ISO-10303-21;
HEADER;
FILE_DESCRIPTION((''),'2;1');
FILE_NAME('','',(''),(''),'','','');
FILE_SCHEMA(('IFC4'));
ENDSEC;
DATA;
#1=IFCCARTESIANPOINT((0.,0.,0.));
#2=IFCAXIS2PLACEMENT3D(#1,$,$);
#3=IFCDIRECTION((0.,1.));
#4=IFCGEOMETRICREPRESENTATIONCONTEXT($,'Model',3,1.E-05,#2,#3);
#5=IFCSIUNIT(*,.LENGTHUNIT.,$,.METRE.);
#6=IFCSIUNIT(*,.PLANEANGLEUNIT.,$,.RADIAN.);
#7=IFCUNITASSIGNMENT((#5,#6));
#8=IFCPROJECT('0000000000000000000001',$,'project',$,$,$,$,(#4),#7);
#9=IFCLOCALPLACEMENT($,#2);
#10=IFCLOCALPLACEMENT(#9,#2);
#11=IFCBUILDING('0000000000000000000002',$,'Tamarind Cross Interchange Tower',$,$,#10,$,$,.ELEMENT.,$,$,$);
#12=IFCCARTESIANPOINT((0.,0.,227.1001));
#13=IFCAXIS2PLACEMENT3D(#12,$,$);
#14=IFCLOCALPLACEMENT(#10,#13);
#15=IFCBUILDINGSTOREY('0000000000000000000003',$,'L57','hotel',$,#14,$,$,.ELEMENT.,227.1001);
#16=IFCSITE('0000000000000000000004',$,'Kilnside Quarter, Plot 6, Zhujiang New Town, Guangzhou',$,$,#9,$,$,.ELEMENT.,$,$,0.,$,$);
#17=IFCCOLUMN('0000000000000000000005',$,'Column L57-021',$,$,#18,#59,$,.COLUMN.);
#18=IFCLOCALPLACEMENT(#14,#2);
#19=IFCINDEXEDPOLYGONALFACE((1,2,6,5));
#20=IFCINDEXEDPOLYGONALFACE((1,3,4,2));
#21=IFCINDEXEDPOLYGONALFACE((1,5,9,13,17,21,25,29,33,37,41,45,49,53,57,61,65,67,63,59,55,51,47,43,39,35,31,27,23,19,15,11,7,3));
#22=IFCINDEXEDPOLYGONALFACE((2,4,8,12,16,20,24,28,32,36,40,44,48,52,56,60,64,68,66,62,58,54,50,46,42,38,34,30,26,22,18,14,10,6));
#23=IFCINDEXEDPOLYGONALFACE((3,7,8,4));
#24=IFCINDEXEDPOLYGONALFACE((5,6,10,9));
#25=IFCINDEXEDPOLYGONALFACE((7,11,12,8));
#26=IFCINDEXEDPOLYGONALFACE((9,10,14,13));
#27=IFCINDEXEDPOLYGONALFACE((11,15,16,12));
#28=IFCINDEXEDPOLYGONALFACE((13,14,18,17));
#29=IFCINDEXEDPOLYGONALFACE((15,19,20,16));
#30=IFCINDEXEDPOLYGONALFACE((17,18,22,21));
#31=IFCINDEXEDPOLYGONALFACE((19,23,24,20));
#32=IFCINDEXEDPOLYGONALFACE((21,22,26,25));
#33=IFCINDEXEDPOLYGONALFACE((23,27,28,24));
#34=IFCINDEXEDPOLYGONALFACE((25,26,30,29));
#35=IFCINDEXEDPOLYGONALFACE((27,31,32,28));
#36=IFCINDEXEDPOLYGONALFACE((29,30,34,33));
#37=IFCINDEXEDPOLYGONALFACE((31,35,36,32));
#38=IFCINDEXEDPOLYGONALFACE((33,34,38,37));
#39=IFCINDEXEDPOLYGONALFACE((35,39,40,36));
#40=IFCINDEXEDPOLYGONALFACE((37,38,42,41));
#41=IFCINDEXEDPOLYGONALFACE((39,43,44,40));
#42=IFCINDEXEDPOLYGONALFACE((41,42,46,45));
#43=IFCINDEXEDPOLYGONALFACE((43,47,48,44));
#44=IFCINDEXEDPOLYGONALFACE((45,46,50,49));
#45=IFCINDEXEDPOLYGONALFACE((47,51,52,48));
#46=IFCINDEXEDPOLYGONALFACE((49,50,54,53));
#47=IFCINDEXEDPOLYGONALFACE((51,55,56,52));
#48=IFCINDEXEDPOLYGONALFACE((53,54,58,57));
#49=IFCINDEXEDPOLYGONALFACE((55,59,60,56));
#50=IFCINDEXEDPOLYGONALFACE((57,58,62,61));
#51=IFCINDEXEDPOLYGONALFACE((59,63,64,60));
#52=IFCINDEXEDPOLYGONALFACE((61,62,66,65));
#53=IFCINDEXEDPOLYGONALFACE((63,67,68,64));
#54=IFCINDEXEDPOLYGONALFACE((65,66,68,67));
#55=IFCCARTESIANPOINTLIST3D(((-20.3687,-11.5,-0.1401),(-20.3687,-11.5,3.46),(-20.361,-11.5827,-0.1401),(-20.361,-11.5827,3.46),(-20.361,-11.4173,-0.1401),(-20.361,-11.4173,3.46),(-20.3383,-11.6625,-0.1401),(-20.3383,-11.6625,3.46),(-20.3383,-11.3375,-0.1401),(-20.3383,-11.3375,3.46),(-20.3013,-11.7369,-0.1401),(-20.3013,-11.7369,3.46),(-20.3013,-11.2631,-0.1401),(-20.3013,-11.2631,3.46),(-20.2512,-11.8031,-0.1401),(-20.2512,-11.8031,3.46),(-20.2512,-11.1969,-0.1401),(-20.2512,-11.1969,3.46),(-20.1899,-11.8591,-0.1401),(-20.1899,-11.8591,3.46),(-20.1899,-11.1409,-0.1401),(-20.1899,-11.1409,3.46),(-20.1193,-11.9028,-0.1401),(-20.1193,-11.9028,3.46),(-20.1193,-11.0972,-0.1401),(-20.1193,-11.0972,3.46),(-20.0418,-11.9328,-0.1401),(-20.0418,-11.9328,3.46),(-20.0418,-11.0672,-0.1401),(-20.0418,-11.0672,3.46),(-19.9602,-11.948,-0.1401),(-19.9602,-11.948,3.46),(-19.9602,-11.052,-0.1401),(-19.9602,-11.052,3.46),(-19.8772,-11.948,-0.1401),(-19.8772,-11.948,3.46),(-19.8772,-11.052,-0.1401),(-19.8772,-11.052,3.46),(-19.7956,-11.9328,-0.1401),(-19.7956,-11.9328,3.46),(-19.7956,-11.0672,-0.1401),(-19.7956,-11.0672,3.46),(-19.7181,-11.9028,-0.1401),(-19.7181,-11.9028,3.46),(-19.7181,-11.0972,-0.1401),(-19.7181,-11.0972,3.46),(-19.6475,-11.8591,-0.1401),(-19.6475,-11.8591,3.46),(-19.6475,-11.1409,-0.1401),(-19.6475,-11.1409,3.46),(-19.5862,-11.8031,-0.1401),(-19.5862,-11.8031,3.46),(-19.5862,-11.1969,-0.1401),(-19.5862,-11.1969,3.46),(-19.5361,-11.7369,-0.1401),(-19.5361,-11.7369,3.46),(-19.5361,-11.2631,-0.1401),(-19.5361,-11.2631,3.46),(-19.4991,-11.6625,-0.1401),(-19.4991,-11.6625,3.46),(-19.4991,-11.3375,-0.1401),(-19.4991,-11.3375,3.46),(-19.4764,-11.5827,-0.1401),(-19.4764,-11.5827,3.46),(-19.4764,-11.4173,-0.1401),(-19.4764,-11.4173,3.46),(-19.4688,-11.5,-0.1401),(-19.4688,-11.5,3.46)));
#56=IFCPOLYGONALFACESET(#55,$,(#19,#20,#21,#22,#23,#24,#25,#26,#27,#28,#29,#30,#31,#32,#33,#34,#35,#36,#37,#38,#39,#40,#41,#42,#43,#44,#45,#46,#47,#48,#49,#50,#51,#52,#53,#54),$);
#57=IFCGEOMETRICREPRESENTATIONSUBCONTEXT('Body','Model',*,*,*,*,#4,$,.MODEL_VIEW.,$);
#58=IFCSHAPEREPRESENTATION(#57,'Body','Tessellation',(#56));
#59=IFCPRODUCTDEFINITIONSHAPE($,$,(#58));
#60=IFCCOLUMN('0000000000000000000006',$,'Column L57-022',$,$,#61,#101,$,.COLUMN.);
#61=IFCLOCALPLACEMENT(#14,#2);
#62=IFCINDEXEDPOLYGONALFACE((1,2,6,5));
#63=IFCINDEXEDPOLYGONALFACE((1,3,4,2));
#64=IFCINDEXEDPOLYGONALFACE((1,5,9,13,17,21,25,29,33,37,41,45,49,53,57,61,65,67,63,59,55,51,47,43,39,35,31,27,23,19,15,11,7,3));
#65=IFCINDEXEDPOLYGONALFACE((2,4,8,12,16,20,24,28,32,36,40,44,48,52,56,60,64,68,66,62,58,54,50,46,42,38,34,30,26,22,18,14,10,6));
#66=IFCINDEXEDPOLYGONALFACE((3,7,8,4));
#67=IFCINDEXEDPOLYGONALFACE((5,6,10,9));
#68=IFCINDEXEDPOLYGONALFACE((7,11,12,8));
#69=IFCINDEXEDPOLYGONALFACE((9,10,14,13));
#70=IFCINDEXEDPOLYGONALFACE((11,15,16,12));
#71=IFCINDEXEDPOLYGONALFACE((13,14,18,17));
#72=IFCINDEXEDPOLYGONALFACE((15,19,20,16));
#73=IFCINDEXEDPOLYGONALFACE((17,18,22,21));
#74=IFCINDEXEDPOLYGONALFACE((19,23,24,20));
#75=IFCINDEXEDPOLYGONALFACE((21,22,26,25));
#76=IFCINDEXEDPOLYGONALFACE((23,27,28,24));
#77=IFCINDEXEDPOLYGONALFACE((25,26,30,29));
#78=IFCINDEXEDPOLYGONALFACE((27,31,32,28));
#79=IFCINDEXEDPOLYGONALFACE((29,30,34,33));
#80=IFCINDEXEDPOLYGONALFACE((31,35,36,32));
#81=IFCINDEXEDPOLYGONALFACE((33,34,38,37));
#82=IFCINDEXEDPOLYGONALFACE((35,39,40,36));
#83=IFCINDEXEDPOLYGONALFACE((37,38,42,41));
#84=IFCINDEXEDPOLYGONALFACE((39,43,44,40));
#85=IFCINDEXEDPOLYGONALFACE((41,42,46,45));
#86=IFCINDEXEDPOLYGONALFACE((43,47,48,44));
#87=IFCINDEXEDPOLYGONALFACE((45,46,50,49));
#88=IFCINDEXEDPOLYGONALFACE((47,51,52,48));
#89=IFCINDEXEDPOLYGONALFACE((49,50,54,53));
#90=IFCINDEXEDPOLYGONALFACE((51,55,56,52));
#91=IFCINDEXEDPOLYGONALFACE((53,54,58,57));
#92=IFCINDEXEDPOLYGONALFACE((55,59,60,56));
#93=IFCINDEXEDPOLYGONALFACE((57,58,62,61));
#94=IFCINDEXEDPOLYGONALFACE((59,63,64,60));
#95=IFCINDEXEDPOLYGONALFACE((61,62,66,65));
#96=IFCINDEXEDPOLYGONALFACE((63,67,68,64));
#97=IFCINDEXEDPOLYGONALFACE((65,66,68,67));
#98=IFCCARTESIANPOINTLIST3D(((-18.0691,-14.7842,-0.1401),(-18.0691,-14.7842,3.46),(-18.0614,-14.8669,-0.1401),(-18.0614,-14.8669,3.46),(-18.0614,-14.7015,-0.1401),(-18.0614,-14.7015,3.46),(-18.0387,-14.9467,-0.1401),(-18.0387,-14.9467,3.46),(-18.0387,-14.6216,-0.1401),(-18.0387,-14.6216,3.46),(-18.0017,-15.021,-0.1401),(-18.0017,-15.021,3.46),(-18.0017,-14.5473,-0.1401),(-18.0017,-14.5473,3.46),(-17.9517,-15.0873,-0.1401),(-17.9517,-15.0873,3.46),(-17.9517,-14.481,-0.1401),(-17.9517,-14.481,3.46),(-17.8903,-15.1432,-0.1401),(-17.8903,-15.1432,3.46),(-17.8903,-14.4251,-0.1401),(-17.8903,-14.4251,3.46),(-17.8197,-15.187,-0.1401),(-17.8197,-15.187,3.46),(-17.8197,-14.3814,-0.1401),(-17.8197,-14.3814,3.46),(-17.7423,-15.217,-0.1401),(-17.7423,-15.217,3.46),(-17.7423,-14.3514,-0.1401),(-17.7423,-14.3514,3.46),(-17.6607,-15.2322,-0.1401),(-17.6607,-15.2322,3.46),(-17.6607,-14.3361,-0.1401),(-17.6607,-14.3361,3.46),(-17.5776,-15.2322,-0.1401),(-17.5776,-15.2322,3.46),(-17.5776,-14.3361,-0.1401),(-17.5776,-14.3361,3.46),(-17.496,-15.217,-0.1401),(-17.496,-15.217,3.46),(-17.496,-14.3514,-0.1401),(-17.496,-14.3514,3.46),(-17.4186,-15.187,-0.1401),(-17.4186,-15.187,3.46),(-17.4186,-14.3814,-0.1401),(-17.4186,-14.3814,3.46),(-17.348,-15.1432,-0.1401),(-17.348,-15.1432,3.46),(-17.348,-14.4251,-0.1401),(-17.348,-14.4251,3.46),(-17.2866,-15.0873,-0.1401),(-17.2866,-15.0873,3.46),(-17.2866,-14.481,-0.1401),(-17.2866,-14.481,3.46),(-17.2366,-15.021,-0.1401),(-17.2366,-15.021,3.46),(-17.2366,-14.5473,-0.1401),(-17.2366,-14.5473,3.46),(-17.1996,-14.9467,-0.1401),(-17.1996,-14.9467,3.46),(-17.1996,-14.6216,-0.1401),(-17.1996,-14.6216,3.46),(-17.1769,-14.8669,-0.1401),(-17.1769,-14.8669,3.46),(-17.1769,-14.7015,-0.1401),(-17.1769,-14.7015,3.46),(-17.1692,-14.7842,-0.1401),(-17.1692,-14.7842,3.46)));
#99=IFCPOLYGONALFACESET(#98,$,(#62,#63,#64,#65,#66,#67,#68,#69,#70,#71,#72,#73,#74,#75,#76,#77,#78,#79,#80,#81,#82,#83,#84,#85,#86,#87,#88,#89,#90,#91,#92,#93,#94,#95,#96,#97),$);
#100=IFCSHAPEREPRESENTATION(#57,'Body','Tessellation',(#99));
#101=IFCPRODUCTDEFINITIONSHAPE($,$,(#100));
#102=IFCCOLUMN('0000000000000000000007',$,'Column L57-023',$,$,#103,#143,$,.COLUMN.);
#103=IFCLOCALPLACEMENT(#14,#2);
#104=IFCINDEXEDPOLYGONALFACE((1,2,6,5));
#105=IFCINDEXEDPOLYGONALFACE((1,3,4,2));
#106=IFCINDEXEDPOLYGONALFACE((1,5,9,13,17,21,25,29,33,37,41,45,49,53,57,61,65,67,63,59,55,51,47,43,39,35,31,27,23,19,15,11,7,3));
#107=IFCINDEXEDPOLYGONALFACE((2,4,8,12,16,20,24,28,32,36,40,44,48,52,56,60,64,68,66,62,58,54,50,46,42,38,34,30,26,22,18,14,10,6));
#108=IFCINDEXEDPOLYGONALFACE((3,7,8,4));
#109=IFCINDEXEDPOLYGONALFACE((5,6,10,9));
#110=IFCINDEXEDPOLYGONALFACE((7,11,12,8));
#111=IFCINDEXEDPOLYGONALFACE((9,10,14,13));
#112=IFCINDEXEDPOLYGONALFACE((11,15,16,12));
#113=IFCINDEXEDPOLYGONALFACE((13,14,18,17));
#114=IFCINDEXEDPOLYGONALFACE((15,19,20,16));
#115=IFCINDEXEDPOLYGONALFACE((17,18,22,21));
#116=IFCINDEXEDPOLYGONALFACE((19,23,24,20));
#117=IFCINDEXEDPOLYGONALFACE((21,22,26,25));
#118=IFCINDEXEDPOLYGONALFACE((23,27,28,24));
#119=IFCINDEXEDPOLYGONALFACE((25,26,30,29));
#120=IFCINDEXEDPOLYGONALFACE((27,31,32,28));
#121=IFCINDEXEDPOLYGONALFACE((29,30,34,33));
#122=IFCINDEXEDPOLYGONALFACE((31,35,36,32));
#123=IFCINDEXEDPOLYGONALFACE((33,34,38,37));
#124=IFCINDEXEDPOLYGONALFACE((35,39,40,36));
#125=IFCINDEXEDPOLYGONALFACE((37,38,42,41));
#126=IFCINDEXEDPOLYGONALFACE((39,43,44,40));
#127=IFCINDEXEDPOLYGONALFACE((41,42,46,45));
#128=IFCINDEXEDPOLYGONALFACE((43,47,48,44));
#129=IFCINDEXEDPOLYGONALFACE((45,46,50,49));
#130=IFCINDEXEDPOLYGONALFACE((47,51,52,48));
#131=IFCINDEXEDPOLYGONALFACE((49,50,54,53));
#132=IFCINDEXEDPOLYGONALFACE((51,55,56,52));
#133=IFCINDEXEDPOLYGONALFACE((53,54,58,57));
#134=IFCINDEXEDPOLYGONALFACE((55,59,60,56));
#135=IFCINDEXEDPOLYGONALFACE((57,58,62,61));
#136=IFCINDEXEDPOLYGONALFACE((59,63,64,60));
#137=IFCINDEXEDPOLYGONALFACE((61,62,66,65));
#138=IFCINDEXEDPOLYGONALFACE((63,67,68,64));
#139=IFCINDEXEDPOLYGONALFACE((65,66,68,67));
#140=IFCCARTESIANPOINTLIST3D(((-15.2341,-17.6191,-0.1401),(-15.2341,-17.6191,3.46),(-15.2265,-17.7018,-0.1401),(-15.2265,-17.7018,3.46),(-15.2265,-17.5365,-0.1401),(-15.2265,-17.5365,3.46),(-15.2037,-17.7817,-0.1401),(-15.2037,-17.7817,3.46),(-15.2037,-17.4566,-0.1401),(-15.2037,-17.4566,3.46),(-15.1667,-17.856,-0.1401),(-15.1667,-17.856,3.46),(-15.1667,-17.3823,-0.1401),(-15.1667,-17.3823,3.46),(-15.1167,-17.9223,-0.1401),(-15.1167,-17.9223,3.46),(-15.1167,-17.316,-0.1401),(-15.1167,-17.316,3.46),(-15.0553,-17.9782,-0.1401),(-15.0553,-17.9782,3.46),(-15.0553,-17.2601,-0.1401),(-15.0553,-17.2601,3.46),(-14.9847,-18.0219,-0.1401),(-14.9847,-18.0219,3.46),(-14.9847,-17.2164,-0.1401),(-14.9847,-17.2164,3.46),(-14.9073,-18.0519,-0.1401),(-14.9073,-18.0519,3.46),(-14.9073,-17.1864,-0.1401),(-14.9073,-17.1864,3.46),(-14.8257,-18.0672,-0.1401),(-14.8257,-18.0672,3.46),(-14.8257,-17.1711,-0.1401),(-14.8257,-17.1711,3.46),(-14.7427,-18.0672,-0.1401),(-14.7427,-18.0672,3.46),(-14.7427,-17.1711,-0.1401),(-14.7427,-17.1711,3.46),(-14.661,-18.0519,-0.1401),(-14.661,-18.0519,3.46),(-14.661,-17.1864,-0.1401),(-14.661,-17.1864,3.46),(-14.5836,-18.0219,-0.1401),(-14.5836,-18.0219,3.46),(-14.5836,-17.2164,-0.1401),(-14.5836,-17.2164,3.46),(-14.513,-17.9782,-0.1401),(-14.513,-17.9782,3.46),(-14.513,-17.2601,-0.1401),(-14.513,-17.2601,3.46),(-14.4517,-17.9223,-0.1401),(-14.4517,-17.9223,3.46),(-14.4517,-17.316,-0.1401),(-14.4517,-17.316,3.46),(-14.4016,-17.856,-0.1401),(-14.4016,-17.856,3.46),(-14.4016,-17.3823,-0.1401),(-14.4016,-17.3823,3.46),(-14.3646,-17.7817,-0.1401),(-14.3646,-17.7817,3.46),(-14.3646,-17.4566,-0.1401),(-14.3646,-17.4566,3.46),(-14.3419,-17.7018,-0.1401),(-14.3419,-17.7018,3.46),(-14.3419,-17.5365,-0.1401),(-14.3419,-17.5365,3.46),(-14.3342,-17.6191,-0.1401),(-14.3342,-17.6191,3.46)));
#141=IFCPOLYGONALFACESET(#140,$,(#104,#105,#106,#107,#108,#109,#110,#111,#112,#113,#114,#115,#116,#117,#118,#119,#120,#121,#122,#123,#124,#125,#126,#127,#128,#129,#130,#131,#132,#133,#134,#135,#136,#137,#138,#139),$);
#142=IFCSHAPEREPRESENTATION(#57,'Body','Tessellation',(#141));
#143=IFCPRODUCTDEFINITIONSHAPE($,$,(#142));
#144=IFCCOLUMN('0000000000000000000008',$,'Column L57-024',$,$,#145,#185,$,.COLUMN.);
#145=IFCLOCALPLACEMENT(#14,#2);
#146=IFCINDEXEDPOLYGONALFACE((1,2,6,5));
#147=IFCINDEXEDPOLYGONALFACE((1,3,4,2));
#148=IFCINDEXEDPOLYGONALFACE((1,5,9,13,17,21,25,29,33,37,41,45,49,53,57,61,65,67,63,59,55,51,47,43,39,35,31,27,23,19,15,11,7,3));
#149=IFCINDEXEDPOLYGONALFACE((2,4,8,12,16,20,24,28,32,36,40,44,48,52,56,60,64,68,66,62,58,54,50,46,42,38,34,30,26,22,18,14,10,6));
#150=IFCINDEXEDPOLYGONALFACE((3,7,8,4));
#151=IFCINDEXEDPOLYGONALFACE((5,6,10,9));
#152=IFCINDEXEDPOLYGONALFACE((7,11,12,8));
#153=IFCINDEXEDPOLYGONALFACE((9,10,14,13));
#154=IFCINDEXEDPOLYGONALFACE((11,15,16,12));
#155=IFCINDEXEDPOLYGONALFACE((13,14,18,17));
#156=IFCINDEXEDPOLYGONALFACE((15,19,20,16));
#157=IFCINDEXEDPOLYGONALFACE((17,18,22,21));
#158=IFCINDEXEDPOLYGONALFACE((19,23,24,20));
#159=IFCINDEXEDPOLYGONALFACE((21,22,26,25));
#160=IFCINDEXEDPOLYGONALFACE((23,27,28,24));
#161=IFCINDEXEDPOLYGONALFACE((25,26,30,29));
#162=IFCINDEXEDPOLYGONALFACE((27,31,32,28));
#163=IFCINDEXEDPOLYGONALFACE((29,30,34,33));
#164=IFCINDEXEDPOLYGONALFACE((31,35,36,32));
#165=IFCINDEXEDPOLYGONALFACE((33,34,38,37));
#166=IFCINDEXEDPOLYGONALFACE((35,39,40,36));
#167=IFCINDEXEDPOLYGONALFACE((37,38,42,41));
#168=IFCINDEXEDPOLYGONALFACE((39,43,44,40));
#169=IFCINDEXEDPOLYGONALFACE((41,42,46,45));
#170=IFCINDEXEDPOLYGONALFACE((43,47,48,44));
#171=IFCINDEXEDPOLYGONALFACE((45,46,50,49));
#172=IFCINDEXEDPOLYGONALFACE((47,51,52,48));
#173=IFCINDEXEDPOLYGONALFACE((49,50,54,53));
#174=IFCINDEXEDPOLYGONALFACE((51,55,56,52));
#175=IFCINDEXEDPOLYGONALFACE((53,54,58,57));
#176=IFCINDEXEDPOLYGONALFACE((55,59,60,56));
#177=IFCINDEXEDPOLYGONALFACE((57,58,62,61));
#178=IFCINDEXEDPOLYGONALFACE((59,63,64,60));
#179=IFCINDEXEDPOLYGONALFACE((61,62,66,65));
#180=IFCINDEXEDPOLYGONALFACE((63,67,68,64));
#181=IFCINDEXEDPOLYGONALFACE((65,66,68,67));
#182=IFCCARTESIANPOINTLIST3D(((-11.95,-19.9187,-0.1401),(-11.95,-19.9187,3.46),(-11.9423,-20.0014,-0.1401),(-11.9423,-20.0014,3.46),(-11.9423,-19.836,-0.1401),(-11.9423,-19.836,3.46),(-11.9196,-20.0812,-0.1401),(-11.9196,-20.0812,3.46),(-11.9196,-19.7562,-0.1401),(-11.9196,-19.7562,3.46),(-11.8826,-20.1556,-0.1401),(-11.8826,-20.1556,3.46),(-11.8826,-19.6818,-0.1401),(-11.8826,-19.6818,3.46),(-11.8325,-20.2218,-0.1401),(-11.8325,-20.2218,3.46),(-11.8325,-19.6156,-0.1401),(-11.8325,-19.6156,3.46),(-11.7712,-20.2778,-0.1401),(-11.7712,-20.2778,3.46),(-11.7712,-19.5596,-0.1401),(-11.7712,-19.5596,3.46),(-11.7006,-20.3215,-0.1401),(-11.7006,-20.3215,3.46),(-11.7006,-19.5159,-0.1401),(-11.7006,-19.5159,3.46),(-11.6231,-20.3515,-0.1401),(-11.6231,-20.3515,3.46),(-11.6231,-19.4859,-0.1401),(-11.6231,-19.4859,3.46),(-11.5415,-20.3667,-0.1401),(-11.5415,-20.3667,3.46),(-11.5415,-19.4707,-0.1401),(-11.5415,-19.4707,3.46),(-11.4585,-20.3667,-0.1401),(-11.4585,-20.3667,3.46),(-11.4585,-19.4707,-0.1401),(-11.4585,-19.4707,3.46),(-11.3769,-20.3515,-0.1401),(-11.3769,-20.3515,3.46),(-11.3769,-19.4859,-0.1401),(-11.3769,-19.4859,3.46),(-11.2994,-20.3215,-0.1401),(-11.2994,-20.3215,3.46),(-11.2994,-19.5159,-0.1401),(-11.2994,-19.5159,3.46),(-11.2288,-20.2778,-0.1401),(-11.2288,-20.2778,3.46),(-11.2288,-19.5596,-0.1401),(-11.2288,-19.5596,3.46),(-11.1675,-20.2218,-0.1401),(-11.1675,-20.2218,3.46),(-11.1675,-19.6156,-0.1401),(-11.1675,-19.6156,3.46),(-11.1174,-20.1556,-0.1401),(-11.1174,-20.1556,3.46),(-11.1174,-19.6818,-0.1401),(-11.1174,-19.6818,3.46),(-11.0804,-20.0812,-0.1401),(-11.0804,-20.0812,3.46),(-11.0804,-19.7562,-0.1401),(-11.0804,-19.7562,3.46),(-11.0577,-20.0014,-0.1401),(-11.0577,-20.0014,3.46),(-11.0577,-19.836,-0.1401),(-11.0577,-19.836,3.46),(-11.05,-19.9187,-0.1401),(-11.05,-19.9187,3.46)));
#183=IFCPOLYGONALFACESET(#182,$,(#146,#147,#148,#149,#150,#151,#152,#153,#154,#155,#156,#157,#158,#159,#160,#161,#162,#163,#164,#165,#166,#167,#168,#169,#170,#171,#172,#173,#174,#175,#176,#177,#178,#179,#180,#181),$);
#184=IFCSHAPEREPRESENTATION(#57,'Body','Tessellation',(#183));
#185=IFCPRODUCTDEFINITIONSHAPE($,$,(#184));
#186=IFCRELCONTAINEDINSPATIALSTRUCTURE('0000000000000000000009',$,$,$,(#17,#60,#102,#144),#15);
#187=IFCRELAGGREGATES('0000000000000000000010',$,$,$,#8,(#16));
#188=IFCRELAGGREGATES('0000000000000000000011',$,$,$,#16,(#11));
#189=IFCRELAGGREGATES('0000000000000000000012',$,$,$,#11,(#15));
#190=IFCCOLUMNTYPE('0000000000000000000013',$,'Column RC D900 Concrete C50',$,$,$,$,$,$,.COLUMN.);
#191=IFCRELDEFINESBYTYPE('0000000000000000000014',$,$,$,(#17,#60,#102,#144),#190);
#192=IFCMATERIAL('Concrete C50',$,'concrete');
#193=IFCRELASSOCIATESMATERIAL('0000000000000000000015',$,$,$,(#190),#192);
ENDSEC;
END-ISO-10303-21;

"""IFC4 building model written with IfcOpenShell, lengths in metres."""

from ifc_helpers import new_model, si_unit, direction, frame, origin, origin_2d, place, context, subcontext, project, spatial, circle, extrude, material, material_profile, profile_set, type_object, element, save


model = new_model("IFC4")

# Units and contexts
model_context = context("Model", 3, precision=1e-05, world=origin(), true_north=direction((0.0, 1.0)))
body_context = subcontext(model_context, "Body", "Model", "MODEL_VIEW")
ifc_project = project(units=[si_unit("LENGTHUNIT", "METRE"), si_unit("PLANEANGLEUNIT", "RADIAN")], contexts=[model_context])

# Site, building, storey
site_placement = place(None, origin())
site = spatial("IfcSite", under=ifc_project, at=site_placement, Name="Kilnside Quarter, Plot 6, Zhujiang New Town, Guangzhou", CompositionType="ELEMENT", RefElevation=0.0)
building_placement = place(site_placement, origin())
building = spatial("IfcBuilding", under=site, at=building_placement, Name="Tamarind Cross Interchange Tower", CompositionType="ELEMENT")
storey_placement = place(building_placement, frame((0.0, 0.0, 227.1001)))
storey = spatial("IfcBuildingStorey", under=building, at=storey_placement, Name="L57", Description="hotel", CompositionType="ELEMENT", Elevation=227.1001)

# Columns
ifc_material_1 = material(Name="Concrete C50", Category="concrete")
ifc_material_profile_1 = material_profile(ifc_material_1, circle(Radius=0.45, at=origin_2d()), Name="RC D900")
ifc_profile_set_1 = profile_set([ifc_material_profile_1], Name="Concrete C50")
column_type = type_object("IfcColumnType", Name="Column RC D900 Concrete C50", PredefinedType="COLUMN", material=ifc_profile_set_1)
for number, where, z_axis, x_axis, name in (
    (1, (-19.9187, -11.5, -0.1401), (0.0, 0.0, 1.0), (1.0, 0.0, 0.0), "Column L57-021"),
    (2, (-17.6191, -14.7842, -0.1401), (0.0, 0.0, 1.0), (1.0, 0.0, 0.0), "Column L57-022"),
    (3, (-14.7842, -17.6191, -0.1401), (0.0, 0.0, 1.0), (1.0, 0.0, 0.0), "Column L57-023"),
    (4, (-11.5, -19.9187, -0.1401), (0.0, 0.0, 1.0), (1.0, 0.0, 0.0), "Column L57-024"),
):
    element("IfcColumn", number, at=place(storey_placement, frame(where, z_axis=z_axis, x_axis=x_axis)), inside=storey, type_object=column_type, Name=name, PredefinedType="COLUMN", context=body_context, shape_type="SweptSolid", body=[
        extrude(circle(Radius=0.45, at=origin_2d()), origin(), (0.0, 0.0, 1.0), 3.6001),
    ])

save(model, "model.ifc")
